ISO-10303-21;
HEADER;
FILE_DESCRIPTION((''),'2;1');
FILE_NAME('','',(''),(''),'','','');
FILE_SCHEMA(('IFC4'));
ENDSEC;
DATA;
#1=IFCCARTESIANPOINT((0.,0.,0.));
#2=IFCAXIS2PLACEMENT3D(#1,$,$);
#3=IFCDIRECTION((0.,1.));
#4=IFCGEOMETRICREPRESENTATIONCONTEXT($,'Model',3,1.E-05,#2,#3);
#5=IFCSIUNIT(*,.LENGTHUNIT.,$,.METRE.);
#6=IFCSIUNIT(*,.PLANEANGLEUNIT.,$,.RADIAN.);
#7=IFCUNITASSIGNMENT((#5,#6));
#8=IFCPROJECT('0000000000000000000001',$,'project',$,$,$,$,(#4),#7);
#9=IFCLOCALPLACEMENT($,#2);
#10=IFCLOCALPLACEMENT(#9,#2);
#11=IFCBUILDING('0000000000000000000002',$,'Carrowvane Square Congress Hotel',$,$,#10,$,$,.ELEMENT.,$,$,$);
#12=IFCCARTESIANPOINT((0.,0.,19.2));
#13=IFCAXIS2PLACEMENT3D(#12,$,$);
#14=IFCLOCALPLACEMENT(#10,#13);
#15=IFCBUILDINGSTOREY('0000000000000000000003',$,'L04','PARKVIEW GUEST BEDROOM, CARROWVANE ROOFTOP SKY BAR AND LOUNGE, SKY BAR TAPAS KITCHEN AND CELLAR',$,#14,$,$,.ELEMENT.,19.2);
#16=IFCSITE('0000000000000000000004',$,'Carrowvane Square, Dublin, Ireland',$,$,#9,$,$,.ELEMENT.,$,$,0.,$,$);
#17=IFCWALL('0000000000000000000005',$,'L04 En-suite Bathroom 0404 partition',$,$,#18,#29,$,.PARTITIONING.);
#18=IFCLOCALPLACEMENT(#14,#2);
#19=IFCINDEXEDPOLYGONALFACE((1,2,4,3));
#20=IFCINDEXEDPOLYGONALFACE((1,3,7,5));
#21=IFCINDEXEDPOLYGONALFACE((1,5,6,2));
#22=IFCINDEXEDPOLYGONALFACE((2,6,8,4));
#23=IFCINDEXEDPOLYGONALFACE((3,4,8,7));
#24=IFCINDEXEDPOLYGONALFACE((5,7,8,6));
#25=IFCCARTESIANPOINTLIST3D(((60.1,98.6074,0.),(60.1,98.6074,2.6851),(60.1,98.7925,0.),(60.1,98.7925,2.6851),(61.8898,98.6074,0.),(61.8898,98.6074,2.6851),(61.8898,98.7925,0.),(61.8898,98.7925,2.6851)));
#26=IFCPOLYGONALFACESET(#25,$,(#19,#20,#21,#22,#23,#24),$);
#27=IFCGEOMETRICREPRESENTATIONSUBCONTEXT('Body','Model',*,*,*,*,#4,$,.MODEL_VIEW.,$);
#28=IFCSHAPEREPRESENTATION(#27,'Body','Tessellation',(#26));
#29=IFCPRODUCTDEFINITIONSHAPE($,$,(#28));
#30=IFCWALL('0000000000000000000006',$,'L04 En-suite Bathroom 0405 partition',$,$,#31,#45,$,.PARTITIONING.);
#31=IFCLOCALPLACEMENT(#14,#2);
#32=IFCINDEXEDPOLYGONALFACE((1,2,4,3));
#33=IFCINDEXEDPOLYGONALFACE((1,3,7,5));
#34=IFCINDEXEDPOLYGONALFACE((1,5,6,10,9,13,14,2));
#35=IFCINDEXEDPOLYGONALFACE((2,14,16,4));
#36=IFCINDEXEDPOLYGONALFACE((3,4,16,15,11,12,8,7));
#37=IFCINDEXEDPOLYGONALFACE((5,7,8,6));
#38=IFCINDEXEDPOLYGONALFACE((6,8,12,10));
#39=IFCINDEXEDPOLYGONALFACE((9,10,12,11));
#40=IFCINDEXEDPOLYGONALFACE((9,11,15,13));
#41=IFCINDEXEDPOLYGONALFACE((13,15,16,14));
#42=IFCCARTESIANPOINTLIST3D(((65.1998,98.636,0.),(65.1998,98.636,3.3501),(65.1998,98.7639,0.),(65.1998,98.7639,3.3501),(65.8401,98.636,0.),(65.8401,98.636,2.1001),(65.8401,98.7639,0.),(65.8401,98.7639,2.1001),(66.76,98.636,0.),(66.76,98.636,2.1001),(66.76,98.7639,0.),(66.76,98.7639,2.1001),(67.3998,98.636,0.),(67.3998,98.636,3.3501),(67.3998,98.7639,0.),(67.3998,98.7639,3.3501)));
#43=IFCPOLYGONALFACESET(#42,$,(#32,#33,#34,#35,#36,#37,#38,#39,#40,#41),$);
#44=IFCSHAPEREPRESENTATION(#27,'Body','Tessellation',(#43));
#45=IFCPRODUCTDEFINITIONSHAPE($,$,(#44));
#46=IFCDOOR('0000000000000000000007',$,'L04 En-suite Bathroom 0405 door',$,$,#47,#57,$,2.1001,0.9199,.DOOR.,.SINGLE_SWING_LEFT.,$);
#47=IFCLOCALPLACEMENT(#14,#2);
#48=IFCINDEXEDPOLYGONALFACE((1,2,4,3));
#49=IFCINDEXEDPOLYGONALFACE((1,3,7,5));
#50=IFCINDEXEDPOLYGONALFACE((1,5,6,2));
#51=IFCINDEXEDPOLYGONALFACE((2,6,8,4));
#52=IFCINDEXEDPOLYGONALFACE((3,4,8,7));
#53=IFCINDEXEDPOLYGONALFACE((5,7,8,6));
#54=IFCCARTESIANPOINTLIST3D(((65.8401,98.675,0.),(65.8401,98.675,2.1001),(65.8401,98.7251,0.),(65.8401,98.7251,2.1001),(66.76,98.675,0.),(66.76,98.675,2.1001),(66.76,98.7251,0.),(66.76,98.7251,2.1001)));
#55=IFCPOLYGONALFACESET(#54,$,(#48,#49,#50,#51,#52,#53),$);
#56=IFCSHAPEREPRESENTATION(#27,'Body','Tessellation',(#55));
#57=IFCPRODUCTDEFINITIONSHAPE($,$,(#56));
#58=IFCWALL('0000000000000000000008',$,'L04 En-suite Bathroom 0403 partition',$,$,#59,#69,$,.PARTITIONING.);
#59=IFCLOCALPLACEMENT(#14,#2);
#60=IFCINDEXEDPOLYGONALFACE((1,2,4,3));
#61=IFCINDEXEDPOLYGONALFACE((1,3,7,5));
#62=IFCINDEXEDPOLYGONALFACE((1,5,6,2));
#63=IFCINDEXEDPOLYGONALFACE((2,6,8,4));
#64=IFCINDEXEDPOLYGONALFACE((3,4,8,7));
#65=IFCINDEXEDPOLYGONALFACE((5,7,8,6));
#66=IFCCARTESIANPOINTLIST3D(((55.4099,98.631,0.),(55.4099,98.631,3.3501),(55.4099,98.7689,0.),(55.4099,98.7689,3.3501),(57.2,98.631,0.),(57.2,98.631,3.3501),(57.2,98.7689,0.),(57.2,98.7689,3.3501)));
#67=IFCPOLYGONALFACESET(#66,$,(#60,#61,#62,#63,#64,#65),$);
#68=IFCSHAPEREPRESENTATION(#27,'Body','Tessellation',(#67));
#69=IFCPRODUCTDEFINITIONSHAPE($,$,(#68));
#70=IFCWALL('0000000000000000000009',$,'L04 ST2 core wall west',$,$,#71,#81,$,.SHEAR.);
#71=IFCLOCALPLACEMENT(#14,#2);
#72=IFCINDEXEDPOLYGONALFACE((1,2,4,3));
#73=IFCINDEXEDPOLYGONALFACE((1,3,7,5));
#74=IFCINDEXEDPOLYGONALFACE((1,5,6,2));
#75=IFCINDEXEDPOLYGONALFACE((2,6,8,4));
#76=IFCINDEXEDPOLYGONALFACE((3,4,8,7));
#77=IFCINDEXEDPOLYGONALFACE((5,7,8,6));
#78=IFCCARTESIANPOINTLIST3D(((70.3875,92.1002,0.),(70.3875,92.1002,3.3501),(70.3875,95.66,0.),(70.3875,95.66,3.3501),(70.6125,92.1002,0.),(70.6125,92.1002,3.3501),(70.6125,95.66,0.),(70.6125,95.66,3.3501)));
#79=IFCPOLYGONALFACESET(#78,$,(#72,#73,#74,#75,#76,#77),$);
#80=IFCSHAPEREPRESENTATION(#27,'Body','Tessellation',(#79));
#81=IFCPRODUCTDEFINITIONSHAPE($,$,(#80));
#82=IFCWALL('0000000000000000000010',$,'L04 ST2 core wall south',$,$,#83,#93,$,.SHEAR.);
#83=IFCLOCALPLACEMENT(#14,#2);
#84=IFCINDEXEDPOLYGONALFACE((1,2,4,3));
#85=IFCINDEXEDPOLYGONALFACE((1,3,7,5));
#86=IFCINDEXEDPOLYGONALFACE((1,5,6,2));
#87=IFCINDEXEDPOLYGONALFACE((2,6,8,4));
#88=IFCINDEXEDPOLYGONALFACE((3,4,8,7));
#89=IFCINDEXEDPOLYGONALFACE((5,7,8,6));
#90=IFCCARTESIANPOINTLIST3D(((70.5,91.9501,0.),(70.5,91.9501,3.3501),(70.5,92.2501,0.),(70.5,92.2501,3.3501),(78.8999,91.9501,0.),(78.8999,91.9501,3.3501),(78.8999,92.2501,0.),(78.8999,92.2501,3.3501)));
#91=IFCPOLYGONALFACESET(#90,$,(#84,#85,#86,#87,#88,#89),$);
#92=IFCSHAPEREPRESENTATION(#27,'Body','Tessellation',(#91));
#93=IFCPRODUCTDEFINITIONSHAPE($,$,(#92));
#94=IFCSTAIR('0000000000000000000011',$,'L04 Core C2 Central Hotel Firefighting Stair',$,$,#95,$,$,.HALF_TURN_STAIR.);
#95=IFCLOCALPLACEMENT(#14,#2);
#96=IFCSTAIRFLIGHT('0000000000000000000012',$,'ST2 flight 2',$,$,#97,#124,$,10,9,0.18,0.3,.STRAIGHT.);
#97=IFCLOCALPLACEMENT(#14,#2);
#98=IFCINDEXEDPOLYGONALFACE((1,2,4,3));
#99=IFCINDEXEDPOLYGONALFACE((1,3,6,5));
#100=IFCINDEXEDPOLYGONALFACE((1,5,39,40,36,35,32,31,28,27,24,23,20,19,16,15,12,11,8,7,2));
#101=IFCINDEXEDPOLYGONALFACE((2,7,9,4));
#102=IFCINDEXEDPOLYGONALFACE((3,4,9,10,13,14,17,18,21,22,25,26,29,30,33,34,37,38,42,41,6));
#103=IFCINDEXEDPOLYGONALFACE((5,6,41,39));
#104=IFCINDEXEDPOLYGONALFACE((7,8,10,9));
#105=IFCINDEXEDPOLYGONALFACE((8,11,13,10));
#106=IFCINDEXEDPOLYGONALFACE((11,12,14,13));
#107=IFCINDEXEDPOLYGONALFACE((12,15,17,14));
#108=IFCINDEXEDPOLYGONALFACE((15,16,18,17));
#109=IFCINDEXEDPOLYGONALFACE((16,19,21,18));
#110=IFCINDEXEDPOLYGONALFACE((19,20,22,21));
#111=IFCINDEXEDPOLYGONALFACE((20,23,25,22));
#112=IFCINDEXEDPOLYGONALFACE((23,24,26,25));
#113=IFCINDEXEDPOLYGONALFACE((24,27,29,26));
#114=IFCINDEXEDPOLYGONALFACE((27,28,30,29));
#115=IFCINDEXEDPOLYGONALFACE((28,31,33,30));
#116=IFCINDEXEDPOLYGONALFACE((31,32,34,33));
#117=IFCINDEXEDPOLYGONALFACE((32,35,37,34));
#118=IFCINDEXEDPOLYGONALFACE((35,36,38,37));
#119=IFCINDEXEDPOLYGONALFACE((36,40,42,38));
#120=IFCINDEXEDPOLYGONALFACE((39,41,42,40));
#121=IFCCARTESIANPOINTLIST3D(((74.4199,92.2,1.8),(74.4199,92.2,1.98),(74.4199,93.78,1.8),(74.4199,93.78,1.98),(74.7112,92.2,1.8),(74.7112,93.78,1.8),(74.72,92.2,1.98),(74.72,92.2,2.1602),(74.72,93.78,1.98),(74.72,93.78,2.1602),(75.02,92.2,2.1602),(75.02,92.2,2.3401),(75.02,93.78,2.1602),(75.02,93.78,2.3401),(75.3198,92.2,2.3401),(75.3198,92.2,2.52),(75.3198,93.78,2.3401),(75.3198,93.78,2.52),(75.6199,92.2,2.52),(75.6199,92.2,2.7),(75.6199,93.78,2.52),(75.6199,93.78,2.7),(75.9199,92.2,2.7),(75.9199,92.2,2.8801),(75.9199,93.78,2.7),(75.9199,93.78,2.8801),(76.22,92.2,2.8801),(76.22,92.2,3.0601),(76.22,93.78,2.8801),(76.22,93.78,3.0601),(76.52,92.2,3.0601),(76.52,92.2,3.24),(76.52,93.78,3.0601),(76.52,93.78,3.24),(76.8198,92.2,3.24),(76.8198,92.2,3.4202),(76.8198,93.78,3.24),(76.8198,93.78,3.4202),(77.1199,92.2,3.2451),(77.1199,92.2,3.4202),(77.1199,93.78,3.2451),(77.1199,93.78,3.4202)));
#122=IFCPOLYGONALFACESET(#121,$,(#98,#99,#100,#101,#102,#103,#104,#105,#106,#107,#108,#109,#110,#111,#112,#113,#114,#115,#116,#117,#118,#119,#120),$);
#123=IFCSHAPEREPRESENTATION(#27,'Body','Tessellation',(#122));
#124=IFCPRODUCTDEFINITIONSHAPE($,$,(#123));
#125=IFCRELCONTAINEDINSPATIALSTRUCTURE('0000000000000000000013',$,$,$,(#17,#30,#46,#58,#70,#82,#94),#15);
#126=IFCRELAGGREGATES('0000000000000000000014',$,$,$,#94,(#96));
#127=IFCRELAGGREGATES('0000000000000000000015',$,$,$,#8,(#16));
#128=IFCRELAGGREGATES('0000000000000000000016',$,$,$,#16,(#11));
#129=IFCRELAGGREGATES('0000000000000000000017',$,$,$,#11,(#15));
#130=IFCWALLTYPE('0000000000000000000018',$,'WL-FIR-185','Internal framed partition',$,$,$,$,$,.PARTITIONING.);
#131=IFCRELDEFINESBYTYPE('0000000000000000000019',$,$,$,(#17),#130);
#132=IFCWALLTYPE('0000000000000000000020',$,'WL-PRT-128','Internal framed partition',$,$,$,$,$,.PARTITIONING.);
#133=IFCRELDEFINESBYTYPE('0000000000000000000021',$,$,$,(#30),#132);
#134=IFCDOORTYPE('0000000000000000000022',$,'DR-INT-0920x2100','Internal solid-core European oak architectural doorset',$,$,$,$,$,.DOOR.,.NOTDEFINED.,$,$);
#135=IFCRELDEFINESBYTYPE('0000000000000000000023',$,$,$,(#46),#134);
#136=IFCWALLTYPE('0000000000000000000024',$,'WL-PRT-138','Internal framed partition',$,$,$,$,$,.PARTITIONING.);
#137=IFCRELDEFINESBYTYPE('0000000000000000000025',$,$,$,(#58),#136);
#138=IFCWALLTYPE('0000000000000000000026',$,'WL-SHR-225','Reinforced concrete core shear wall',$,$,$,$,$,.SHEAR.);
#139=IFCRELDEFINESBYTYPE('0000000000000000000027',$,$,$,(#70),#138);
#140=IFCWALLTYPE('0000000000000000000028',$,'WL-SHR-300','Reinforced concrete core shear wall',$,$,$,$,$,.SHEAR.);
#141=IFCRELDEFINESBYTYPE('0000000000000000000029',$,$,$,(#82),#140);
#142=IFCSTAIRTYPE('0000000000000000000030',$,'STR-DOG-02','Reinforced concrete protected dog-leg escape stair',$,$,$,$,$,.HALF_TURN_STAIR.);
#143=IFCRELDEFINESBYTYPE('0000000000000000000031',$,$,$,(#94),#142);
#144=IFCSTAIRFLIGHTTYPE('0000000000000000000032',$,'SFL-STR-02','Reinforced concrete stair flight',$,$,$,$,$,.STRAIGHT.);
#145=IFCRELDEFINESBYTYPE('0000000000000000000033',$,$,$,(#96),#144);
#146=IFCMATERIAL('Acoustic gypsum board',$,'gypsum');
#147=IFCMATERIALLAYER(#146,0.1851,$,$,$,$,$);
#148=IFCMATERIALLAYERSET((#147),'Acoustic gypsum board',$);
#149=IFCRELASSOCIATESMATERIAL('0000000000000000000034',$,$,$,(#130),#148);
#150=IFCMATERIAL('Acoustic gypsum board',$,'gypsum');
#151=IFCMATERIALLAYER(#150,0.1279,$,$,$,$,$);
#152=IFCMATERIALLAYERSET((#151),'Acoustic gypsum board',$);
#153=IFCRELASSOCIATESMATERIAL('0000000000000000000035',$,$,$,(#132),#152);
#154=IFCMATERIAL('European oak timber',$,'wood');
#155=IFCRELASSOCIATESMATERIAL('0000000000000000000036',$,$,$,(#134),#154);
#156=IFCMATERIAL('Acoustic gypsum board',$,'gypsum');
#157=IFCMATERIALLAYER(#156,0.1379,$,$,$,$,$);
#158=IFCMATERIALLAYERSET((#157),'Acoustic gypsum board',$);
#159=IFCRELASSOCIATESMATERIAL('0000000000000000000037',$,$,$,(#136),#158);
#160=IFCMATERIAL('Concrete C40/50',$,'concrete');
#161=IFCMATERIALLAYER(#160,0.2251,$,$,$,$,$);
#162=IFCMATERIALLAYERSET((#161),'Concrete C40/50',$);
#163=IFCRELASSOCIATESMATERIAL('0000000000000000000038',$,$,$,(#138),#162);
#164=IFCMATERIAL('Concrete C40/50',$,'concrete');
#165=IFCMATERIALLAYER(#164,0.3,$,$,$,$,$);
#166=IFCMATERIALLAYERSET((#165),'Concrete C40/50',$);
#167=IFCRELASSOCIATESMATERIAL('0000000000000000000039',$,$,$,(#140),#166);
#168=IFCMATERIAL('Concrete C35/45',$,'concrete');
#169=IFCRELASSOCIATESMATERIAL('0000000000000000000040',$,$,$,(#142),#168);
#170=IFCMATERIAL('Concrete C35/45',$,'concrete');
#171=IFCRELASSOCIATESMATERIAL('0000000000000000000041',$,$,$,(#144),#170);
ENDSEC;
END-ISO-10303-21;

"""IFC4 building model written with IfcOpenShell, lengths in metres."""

from ifc_helpers import new_model, si_unit, direction, frame, frame_2d, origin, place, context, subcontext, project, spatial, polyline, rectangle, outline, extrude, material, layer, layer_set, type_object, element, fill, aggregate, save


model = new_model("IFC4")

# Units and contexts
model_context = context("Model", 3, precision=1e-05, world=origin(), true_north=direction((0.0, 1.0)))
body_context = subcontext(model_context, "Body", "Model", "MODEL_VIEW")
ifc_project = project(units=[si_unit("LENGTHUNIT", "METRE"), si_unit("PLANEANGLEUNIT", "RADIAN")], contexts=[model_context])

# Site, building, storey
site_placement = place(None, origin())
site = spatial("IfcSite", under=ifc_project, at=site_placement, Name="Carrowvane Square, Dublin, Ireland", CompositionType="ELEMENT", RefElevation=0.0)
building_placement = place(site_placement, origin())
building = spatial("IfcBuilding", under=site, at=building_placement, Name="Carrowvane Square Congress Hotel", CompositionType="ELEMENT")
storey_placement = place(building_placement, frame((0.0, 0.0, 19.2)))
storey = spatial("IfcBuildingStorey", under=building, at=storey_placement, Name="L04", Description="PARKVIEW GUEST BEDROOM, CARROWVANE ROOFTOP SKY BAR AND LOUNGE, SKY BAR TAPAS KITCHEN AND CELLAR", CompositionType="ELEMENT", Elevation=19.2)

# Wall
ifc_material_1 = material(Name="Acoustic gypsum board", Category="gypsum")
ifc_layer_1 = layer(ifc_material_1, 0.1851)
ifc_layer_set_1 = layer_set([ifc_layer_1], Name="Acoustic gypsum board")
wall_type_1 = type_object("IfcWallType", Name="WL-FIR-185", Description="Internal framed partition", PredefinedType="PARTITIONING", material=ifc_layer_set_1)
wall_1_placement = place(storey_placement, frame((61.8899, 98.7, 0.0), z_axis=(0.0, 0.0, 1.0), x_axis=(-1.0, 0.0, 0.0)))
element("IfcWall", 1, at=wall_1_placement, inside=storey, type_object=wall_type_1, Name="L04 En-suite Bathroom 0404 partition", PredefinedType="PARTITIONING", context=body_context, shape_type="SweptSolid", body=[
    extrude(rectangle(XDim=1.7898, YDim=0.1851, at=frame_2d((0.895, 0.0))), origin(), (0.0, 0.0, 1.0), 2.6851),
])

# Wall, opening, door
ifc_material_2 = material(Name="Acoustic gypsum board", Category="gypsum")
ifc_layer_2 = layer(ifc_material_2, 0.1279)
ifc_layer_set_2 = layer_set([ifc_layer_2], Name="Acoustic gypsum board")
wall_type_2 = type_object("IfcWallType", Name="WL-PRT-128", Description="Internal framed partition", PredefinedType="PARTITIONING", material=ifc_layer_set_2)
wall_2_placement = place(storey_placement, frame((67.3999, 98.7, 0.0), z_axis=(0.0, 0.0, 1.0), x_axis=(-1.0, 0.0, 0.0)))
wall_2 = element("IfcWall", 2, at=wall_2_placement, inside=storey, type_object=wall_type_2, Name="L04 En-suite Bathroom 0405 partition", PredefinedType="PARTITIONING", context=body_context, shape_type="SweptSolid", body=[
    extrude(rectangle(XDim=2.2, YDim=0.1279, at=frame_2d((1.1001, 0.0))), origin(), (0.0, 0.0, 1.0), 3.3501),
])
opening_1_placement = place(wall_2_placement, frame((0.6399, 0.0, 0.0)))
opening_1 = element("IfcOpeningElement", 3, at=opening_1_placement, cuts=wall_2, PredefinedType="OPENING", context=body_context, shape_type="SweptSolid", body=[
    extrude(rectangle(XDim=0.9199, YDim=2.1001, at=frame_2d((0.46, 1.05))), frame((0.0, 0.074, 0.0), z_axis=(0.0, -1.0, 0.0), x_axis=(1.0, 0.0, 0.0)), (0.0, 0.0, 1.0), 0.1479),
])
ifc_material_3 = material(Name="European oak timber", Category="wood")
door_type = type_object("IfcDoorType", Name="DR-INT-0920x2100", Description="Internal solid-core European oak architectural doorset", OperationType="NOTDEFINED", PredefinedType="DOOR", material=ifc_material_3)
door_placement = place(opening_1_placement, origin())
door = element("IfcDoor", 4, at=door_placement, inside=storey, type_object=door_type, Name="L04 En-suite Bathroom 0405 door", OperationType="SINGLE_SWING_LEFT", OverallHeight=2.1001, OverallWidth=0.9199, PredefinedType="DOOR", context=body_context, shape_type="SweptSolid", body=[
    extrude(rectangle(XDim=0.9199, YDim=2.1001, at=frame_2d((0.46, 1.05))), frame((0.0, 0.0249, 0.0), z_axis=(0.0, -1.0, 0.0), x_axis=(1.0, 0.0, 0.0)), (0.0, 0.0, 1.0), 0.05),
])
fill(opening_1, door)

# Walls
ifc_material_4 = material(Name="Acoustic gypsum board", Category="gypsum")
ifc_layer_3 = layer(ifc_material_4, 0.1379)
ifc_layer_set_3 = layer_set([ifc_layer_3], Name="Acoustic gypsum board")
wall_type_3 = type_object("IfcWallType", Name="WL-PRT-138", Description="Internal framed partition", PredefinedType="PARTITIONING", material=ifc_layer_set_3)
wall_3_placement = place(storey_placement, frame((57.2, 98.7, 0.0), z_axis=(0.0, 0.0, 1.0), x_axis=(-1.0, 0.0, 0.0)))
element("IfcWall", 5, at=wall_3_placement, inside=storey, type_object=wall_type_3, Name="L04 En-suite Bathroom 0403 partition", PredefinedType="PARTITIONING", context=body_context, shape_type="SweptSolid", body=[
    extrude(rectangle(XDim=1.79, YDim=0.1379, at=frame_2d((0.895, 0.0))), origin(), (0.0, 0.0, 1.0), 3.3501),
])
ifc_material_5 = material(Name="Concrete C40/50", Category="concrete")
ifc_layer_4 = layer(ifc_material_5, 0.2251)
ifc_layer_set_4 = layer_set([ifc_layer_4], Name="Concrete C40/50")
wall_type_4 = type_object("IfcWallType", Name="WL-SHR-225", Description="Reinforced concrete core shear wall", PredefinedType="SHEAR", material=ifc_layer_set_4)
wall_4_placement = place(storey_placement, frame((70.5, 95.6599, 0.0), z_axis=(0.0, 0.0, 1.0), x_axis=(0.0, -1.0, 0.0)))
element("IfcWall", 6, at=wall_4_placement, inside=storey, type_object=wall_type_4, Name="L04 ST2 core wall west", PredefinedType="SHEAR", context=body_context, shape_type="SweptSolid", body=[
    extrude(rectangle(XDim=3.5598, YDim=0.2251, at=frame_2d((1.7798, 0.0))), origin(), (0.0, 0.0, 1.0), 3.3501),
])
ifc_material_6 = material(Name="Concrete C40/50", Category="concrete")
ifc_layer_5 = layer(ifc_material_6, 0.3)
ifc_layer_set_5 = layer_set([ifc_layer_5], Name="Concrete C40/50")
wall_type_5 = type_object("IfcWallType", Name="WL-SHR-300", Description="Reinforced concrete core shear wall", PredefinedType="SHEAR", material=ifc_layer_set_5)
wall_5_placement = place(storey_placement, frame((70.5, 92.1001, 0.0), z_axis=(0.0, 0.0, 1.0), x_axis=(1.0, 0.0, 0.0)))
element("IfcWall", 7, at=wall_5_placement, inside=storey, type_object=wall_type_5, Name="L04 ST2 core wall south", PredefinedType="SHEAR", context=body_context, shape_type="SweptSolid", body=[
    extrude(rectangle(XDim=8.3999, YDim=0.3, at=frame_2d((4.2, 0.0))), origin(), (0.0, 0.0, 1.0), 3.3501),
])

# Stair, stair flight
ifc_material_7 = material(Name="Concrete C35/45", Category="concrete")
stair_type = type_object("IfcStairType", Name="STR-DOG-02", Description="Reinforced concrete protected dog-leg escape stair", PredefinedType="HALF_TURN_STAIR", material=ifc_material_7)
stair_placement = place(storey_placement, origin())
stair = element("IfcStair", 8, at=stair_placement, inside=storey, type_object=stair_type, Name="L04 Core C2 Central Hotel Firefighting Stair", PredefinedType="HALF_TURN_STAIR")
ifc_material_8 = material(Name="Concrete C35/45", Category="concrete")
stair_flight_type = type_object("IfcStairFlightType", Name="SFL-STR-02", Description="Reinforced concrete stair flight", PredefinedType="STRAIGHT", material=ifc_material_8)
stair_flight_placement = place(storey_placement, frame((74.4199, 92.99, 1.8), z_axis=(0.0, 0.0, 1.0), x_axis=(1.0, 0.0, 0.0)))
stair_flight = element("IfcStairFlight", 9, at=stair_flight_placement, type_object=stair_flight_type, Name="ST2 flight 2", NumberOfRisers=10, NumberOfTreads=9, PredefinedType="STRAIGHT", RiserHeight=0.18, TreadLength=0.3, context=body_context, shape_type="SweptSolid", body=[
    extrude(outline(polyline([(0.0, 0.0), (0.0, 0.1799), (0.3, 0.1799), (0.3, 0.3601), (0.6001, 0.3601), (0.6001, 0.54), (0.8999, 0.54), (0.8999, 0.72), (1.2, 0.72), (1.2, 0.8999), (1.5, 0.8999), (1.5, 1.0801), (1.8, 1.0801), (1.8, 1.26), (2.1001, 1.26), (2.1001, 1.4399), (2.3999, 1.4399), (2.3999, 1.6201), (2.7, 1.6201), (2.7, 1.8), (2.7, 1.4451), (0.2913, 0.0), (0.0, 0.0)])), frame((0.0, 0.79, 0.0), z_axis=(0.0, -1.0, 0.0), x_axis=(1.0, 0.0, 0.0)), (0.0, 0.0, 1.0), 1.5801),
])
aggregate(stair, [stair_flight])

save(model, "model.ifc")
